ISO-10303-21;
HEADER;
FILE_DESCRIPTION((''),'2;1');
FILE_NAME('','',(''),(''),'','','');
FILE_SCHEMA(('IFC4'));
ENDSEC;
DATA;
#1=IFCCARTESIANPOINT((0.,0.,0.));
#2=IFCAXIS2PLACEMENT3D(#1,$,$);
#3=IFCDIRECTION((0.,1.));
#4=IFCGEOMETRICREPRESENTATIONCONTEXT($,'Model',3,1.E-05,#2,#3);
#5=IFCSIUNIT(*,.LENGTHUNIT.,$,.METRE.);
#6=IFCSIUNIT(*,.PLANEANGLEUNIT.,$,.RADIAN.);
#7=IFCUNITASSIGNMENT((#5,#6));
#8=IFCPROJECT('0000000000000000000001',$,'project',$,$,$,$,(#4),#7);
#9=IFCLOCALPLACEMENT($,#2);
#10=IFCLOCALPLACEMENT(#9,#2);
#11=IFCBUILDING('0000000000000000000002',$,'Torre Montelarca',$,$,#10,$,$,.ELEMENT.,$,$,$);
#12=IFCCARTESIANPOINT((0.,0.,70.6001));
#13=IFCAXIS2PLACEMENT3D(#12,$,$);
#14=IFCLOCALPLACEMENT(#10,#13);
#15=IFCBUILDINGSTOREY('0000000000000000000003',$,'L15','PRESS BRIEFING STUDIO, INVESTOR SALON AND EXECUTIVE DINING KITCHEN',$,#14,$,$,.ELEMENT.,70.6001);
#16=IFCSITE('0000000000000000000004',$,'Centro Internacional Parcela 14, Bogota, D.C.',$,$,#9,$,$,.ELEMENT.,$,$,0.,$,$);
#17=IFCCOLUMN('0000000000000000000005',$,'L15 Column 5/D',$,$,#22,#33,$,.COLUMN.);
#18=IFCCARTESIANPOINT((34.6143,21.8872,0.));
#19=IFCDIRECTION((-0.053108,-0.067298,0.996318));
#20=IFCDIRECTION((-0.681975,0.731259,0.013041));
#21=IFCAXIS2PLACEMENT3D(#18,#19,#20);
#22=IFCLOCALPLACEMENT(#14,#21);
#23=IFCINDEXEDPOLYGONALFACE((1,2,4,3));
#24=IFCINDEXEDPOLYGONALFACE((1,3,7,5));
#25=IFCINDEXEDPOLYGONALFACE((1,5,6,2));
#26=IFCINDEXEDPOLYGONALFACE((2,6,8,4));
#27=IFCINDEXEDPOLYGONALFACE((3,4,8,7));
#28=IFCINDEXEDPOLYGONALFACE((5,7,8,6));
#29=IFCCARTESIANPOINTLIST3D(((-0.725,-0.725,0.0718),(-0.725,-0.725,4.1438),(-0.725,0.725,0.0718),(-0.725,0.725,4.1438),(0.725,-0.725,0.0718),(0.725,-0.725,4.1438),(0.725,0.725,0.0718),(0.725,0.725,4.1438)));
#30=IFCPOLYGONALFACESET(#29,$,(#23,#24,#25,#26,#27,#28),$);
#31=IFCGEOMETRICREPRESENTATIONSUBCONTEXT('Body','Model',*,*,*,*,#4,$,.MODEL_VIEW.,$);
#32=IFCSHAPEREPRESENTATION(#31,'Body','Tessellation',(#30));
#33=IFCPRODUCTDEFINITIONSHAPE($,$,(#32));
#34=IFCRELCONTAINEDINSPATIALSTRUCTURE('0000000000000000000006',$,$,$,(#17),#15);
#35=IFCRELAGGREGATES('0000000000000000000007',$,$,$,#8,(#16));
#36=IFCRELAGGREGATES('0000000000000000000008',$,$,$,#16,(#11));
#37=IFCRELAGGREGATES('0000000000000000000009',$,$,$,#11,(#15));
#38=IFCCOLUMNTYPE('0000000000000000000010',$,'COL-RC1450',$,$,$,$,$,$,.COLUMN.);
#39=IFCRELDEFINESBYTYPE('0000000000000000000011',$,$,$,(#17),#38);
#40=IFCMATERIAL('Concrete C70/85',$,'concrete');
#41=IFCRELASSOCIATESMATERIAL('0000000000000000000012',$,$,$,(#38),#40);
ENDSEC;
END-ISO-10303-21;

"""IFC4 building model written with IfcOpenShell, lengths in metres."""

from ifc_helpers import new_model, si_unit, direction, frame, origin, origin_2d, place, context, subcontext, project, spatial, rectangle, extrude, clip, halfspace, material, material_profile, profile_set, type_object, element, save


model = new_model("IFC4")

# Units and contexts
model_context = context("Model", 3, precision=1e-05, world=origin(), true_north=direction((0.0, 1.0)))
body_context = subcontext(model_context, "Body", "Model", "MODEL_VIEW")
ifc_project = project(units=[si_unit("LENGTHUNIT", "METRE"), si_unit("PLANEANGLEUNIT", "RADIAN")], contexts=[model_context])

# Site, building, storey
site_placement = place(None, origin())
site = spatial("IfcSite", under=ifc_project, at=site_placement, Name="Centro Internacional Parcela 14, Bogota, D.C.", CompositionType="ELEMENT", RefElevation=0.0)
building_placement = place(site_placement, origin())
building = spatial("IfcBuilding", under=site, at=building_placement, Name="Torre Montelarca", CompositionType="ELEMENT")
storey_placement = place(building_placement, frame((0.0, 0.0, 70.6001)))
storey = spatial("IfcBuildingStorey", under=building, at=storey_placement, Name="L15", Description="PRESS BRIEFING STUDIO, INVESTOR SALON AND EXECUTIVE DINING KITCHEN", CompositionType="ELEMENT", Elevation=70.6001)

# Column
ifc_material_1 = material(Name="Concrete C70/85", Category="concrete")
ifc_material_profile_1 = material_profile(ifc_material_1, rectangle(XDim=1.45, YDim=1.45, at=origin_2d()), Name="RC1450X1450", Category="concrete")
ifc_profile_set_1 = profile_set([ifc_material_profile_1], Name="Concrete C70/85")
column_type = type_object("IfcColumnType", Name="COL-RC1450", PredefinedType="COLUMN", material=ifc_profile_set_1)
column_placement = place(storey_placement, frame((34.6143, 21.8872, 0.0), z_axis=(-0.053108, -0.067298, 0.996318), x_axis=(-0.681975, 0.731259, 0.013041)))
element("IfcColumn", 1, at=column_placement, inside=storey, type_object=column_type, Name="L15 Column 5/D", PredefinedType="COLUMN", context=body_context, shape_type="Clipping", body=[
    clip(clip(extrude(rectangle(XDim=1.45, YDim=1.45, at=origin_2d()), origin(), (0.0, 0.0, 1.0), 4.2156), halfspace(frame((0.0, 0.0, 0.0718), z_axis=(0.0, 0.0, -1.0), x_axis=(1.0, 0.0, 0.0)), False)), halfspace(frame((0.0, 0.0, 4.1438), z_axis=(0.0, 0.0, 1.0), x_axis=(1.0, 0.0, 0.0)), False)),
])

save(model, "model.ifc")
